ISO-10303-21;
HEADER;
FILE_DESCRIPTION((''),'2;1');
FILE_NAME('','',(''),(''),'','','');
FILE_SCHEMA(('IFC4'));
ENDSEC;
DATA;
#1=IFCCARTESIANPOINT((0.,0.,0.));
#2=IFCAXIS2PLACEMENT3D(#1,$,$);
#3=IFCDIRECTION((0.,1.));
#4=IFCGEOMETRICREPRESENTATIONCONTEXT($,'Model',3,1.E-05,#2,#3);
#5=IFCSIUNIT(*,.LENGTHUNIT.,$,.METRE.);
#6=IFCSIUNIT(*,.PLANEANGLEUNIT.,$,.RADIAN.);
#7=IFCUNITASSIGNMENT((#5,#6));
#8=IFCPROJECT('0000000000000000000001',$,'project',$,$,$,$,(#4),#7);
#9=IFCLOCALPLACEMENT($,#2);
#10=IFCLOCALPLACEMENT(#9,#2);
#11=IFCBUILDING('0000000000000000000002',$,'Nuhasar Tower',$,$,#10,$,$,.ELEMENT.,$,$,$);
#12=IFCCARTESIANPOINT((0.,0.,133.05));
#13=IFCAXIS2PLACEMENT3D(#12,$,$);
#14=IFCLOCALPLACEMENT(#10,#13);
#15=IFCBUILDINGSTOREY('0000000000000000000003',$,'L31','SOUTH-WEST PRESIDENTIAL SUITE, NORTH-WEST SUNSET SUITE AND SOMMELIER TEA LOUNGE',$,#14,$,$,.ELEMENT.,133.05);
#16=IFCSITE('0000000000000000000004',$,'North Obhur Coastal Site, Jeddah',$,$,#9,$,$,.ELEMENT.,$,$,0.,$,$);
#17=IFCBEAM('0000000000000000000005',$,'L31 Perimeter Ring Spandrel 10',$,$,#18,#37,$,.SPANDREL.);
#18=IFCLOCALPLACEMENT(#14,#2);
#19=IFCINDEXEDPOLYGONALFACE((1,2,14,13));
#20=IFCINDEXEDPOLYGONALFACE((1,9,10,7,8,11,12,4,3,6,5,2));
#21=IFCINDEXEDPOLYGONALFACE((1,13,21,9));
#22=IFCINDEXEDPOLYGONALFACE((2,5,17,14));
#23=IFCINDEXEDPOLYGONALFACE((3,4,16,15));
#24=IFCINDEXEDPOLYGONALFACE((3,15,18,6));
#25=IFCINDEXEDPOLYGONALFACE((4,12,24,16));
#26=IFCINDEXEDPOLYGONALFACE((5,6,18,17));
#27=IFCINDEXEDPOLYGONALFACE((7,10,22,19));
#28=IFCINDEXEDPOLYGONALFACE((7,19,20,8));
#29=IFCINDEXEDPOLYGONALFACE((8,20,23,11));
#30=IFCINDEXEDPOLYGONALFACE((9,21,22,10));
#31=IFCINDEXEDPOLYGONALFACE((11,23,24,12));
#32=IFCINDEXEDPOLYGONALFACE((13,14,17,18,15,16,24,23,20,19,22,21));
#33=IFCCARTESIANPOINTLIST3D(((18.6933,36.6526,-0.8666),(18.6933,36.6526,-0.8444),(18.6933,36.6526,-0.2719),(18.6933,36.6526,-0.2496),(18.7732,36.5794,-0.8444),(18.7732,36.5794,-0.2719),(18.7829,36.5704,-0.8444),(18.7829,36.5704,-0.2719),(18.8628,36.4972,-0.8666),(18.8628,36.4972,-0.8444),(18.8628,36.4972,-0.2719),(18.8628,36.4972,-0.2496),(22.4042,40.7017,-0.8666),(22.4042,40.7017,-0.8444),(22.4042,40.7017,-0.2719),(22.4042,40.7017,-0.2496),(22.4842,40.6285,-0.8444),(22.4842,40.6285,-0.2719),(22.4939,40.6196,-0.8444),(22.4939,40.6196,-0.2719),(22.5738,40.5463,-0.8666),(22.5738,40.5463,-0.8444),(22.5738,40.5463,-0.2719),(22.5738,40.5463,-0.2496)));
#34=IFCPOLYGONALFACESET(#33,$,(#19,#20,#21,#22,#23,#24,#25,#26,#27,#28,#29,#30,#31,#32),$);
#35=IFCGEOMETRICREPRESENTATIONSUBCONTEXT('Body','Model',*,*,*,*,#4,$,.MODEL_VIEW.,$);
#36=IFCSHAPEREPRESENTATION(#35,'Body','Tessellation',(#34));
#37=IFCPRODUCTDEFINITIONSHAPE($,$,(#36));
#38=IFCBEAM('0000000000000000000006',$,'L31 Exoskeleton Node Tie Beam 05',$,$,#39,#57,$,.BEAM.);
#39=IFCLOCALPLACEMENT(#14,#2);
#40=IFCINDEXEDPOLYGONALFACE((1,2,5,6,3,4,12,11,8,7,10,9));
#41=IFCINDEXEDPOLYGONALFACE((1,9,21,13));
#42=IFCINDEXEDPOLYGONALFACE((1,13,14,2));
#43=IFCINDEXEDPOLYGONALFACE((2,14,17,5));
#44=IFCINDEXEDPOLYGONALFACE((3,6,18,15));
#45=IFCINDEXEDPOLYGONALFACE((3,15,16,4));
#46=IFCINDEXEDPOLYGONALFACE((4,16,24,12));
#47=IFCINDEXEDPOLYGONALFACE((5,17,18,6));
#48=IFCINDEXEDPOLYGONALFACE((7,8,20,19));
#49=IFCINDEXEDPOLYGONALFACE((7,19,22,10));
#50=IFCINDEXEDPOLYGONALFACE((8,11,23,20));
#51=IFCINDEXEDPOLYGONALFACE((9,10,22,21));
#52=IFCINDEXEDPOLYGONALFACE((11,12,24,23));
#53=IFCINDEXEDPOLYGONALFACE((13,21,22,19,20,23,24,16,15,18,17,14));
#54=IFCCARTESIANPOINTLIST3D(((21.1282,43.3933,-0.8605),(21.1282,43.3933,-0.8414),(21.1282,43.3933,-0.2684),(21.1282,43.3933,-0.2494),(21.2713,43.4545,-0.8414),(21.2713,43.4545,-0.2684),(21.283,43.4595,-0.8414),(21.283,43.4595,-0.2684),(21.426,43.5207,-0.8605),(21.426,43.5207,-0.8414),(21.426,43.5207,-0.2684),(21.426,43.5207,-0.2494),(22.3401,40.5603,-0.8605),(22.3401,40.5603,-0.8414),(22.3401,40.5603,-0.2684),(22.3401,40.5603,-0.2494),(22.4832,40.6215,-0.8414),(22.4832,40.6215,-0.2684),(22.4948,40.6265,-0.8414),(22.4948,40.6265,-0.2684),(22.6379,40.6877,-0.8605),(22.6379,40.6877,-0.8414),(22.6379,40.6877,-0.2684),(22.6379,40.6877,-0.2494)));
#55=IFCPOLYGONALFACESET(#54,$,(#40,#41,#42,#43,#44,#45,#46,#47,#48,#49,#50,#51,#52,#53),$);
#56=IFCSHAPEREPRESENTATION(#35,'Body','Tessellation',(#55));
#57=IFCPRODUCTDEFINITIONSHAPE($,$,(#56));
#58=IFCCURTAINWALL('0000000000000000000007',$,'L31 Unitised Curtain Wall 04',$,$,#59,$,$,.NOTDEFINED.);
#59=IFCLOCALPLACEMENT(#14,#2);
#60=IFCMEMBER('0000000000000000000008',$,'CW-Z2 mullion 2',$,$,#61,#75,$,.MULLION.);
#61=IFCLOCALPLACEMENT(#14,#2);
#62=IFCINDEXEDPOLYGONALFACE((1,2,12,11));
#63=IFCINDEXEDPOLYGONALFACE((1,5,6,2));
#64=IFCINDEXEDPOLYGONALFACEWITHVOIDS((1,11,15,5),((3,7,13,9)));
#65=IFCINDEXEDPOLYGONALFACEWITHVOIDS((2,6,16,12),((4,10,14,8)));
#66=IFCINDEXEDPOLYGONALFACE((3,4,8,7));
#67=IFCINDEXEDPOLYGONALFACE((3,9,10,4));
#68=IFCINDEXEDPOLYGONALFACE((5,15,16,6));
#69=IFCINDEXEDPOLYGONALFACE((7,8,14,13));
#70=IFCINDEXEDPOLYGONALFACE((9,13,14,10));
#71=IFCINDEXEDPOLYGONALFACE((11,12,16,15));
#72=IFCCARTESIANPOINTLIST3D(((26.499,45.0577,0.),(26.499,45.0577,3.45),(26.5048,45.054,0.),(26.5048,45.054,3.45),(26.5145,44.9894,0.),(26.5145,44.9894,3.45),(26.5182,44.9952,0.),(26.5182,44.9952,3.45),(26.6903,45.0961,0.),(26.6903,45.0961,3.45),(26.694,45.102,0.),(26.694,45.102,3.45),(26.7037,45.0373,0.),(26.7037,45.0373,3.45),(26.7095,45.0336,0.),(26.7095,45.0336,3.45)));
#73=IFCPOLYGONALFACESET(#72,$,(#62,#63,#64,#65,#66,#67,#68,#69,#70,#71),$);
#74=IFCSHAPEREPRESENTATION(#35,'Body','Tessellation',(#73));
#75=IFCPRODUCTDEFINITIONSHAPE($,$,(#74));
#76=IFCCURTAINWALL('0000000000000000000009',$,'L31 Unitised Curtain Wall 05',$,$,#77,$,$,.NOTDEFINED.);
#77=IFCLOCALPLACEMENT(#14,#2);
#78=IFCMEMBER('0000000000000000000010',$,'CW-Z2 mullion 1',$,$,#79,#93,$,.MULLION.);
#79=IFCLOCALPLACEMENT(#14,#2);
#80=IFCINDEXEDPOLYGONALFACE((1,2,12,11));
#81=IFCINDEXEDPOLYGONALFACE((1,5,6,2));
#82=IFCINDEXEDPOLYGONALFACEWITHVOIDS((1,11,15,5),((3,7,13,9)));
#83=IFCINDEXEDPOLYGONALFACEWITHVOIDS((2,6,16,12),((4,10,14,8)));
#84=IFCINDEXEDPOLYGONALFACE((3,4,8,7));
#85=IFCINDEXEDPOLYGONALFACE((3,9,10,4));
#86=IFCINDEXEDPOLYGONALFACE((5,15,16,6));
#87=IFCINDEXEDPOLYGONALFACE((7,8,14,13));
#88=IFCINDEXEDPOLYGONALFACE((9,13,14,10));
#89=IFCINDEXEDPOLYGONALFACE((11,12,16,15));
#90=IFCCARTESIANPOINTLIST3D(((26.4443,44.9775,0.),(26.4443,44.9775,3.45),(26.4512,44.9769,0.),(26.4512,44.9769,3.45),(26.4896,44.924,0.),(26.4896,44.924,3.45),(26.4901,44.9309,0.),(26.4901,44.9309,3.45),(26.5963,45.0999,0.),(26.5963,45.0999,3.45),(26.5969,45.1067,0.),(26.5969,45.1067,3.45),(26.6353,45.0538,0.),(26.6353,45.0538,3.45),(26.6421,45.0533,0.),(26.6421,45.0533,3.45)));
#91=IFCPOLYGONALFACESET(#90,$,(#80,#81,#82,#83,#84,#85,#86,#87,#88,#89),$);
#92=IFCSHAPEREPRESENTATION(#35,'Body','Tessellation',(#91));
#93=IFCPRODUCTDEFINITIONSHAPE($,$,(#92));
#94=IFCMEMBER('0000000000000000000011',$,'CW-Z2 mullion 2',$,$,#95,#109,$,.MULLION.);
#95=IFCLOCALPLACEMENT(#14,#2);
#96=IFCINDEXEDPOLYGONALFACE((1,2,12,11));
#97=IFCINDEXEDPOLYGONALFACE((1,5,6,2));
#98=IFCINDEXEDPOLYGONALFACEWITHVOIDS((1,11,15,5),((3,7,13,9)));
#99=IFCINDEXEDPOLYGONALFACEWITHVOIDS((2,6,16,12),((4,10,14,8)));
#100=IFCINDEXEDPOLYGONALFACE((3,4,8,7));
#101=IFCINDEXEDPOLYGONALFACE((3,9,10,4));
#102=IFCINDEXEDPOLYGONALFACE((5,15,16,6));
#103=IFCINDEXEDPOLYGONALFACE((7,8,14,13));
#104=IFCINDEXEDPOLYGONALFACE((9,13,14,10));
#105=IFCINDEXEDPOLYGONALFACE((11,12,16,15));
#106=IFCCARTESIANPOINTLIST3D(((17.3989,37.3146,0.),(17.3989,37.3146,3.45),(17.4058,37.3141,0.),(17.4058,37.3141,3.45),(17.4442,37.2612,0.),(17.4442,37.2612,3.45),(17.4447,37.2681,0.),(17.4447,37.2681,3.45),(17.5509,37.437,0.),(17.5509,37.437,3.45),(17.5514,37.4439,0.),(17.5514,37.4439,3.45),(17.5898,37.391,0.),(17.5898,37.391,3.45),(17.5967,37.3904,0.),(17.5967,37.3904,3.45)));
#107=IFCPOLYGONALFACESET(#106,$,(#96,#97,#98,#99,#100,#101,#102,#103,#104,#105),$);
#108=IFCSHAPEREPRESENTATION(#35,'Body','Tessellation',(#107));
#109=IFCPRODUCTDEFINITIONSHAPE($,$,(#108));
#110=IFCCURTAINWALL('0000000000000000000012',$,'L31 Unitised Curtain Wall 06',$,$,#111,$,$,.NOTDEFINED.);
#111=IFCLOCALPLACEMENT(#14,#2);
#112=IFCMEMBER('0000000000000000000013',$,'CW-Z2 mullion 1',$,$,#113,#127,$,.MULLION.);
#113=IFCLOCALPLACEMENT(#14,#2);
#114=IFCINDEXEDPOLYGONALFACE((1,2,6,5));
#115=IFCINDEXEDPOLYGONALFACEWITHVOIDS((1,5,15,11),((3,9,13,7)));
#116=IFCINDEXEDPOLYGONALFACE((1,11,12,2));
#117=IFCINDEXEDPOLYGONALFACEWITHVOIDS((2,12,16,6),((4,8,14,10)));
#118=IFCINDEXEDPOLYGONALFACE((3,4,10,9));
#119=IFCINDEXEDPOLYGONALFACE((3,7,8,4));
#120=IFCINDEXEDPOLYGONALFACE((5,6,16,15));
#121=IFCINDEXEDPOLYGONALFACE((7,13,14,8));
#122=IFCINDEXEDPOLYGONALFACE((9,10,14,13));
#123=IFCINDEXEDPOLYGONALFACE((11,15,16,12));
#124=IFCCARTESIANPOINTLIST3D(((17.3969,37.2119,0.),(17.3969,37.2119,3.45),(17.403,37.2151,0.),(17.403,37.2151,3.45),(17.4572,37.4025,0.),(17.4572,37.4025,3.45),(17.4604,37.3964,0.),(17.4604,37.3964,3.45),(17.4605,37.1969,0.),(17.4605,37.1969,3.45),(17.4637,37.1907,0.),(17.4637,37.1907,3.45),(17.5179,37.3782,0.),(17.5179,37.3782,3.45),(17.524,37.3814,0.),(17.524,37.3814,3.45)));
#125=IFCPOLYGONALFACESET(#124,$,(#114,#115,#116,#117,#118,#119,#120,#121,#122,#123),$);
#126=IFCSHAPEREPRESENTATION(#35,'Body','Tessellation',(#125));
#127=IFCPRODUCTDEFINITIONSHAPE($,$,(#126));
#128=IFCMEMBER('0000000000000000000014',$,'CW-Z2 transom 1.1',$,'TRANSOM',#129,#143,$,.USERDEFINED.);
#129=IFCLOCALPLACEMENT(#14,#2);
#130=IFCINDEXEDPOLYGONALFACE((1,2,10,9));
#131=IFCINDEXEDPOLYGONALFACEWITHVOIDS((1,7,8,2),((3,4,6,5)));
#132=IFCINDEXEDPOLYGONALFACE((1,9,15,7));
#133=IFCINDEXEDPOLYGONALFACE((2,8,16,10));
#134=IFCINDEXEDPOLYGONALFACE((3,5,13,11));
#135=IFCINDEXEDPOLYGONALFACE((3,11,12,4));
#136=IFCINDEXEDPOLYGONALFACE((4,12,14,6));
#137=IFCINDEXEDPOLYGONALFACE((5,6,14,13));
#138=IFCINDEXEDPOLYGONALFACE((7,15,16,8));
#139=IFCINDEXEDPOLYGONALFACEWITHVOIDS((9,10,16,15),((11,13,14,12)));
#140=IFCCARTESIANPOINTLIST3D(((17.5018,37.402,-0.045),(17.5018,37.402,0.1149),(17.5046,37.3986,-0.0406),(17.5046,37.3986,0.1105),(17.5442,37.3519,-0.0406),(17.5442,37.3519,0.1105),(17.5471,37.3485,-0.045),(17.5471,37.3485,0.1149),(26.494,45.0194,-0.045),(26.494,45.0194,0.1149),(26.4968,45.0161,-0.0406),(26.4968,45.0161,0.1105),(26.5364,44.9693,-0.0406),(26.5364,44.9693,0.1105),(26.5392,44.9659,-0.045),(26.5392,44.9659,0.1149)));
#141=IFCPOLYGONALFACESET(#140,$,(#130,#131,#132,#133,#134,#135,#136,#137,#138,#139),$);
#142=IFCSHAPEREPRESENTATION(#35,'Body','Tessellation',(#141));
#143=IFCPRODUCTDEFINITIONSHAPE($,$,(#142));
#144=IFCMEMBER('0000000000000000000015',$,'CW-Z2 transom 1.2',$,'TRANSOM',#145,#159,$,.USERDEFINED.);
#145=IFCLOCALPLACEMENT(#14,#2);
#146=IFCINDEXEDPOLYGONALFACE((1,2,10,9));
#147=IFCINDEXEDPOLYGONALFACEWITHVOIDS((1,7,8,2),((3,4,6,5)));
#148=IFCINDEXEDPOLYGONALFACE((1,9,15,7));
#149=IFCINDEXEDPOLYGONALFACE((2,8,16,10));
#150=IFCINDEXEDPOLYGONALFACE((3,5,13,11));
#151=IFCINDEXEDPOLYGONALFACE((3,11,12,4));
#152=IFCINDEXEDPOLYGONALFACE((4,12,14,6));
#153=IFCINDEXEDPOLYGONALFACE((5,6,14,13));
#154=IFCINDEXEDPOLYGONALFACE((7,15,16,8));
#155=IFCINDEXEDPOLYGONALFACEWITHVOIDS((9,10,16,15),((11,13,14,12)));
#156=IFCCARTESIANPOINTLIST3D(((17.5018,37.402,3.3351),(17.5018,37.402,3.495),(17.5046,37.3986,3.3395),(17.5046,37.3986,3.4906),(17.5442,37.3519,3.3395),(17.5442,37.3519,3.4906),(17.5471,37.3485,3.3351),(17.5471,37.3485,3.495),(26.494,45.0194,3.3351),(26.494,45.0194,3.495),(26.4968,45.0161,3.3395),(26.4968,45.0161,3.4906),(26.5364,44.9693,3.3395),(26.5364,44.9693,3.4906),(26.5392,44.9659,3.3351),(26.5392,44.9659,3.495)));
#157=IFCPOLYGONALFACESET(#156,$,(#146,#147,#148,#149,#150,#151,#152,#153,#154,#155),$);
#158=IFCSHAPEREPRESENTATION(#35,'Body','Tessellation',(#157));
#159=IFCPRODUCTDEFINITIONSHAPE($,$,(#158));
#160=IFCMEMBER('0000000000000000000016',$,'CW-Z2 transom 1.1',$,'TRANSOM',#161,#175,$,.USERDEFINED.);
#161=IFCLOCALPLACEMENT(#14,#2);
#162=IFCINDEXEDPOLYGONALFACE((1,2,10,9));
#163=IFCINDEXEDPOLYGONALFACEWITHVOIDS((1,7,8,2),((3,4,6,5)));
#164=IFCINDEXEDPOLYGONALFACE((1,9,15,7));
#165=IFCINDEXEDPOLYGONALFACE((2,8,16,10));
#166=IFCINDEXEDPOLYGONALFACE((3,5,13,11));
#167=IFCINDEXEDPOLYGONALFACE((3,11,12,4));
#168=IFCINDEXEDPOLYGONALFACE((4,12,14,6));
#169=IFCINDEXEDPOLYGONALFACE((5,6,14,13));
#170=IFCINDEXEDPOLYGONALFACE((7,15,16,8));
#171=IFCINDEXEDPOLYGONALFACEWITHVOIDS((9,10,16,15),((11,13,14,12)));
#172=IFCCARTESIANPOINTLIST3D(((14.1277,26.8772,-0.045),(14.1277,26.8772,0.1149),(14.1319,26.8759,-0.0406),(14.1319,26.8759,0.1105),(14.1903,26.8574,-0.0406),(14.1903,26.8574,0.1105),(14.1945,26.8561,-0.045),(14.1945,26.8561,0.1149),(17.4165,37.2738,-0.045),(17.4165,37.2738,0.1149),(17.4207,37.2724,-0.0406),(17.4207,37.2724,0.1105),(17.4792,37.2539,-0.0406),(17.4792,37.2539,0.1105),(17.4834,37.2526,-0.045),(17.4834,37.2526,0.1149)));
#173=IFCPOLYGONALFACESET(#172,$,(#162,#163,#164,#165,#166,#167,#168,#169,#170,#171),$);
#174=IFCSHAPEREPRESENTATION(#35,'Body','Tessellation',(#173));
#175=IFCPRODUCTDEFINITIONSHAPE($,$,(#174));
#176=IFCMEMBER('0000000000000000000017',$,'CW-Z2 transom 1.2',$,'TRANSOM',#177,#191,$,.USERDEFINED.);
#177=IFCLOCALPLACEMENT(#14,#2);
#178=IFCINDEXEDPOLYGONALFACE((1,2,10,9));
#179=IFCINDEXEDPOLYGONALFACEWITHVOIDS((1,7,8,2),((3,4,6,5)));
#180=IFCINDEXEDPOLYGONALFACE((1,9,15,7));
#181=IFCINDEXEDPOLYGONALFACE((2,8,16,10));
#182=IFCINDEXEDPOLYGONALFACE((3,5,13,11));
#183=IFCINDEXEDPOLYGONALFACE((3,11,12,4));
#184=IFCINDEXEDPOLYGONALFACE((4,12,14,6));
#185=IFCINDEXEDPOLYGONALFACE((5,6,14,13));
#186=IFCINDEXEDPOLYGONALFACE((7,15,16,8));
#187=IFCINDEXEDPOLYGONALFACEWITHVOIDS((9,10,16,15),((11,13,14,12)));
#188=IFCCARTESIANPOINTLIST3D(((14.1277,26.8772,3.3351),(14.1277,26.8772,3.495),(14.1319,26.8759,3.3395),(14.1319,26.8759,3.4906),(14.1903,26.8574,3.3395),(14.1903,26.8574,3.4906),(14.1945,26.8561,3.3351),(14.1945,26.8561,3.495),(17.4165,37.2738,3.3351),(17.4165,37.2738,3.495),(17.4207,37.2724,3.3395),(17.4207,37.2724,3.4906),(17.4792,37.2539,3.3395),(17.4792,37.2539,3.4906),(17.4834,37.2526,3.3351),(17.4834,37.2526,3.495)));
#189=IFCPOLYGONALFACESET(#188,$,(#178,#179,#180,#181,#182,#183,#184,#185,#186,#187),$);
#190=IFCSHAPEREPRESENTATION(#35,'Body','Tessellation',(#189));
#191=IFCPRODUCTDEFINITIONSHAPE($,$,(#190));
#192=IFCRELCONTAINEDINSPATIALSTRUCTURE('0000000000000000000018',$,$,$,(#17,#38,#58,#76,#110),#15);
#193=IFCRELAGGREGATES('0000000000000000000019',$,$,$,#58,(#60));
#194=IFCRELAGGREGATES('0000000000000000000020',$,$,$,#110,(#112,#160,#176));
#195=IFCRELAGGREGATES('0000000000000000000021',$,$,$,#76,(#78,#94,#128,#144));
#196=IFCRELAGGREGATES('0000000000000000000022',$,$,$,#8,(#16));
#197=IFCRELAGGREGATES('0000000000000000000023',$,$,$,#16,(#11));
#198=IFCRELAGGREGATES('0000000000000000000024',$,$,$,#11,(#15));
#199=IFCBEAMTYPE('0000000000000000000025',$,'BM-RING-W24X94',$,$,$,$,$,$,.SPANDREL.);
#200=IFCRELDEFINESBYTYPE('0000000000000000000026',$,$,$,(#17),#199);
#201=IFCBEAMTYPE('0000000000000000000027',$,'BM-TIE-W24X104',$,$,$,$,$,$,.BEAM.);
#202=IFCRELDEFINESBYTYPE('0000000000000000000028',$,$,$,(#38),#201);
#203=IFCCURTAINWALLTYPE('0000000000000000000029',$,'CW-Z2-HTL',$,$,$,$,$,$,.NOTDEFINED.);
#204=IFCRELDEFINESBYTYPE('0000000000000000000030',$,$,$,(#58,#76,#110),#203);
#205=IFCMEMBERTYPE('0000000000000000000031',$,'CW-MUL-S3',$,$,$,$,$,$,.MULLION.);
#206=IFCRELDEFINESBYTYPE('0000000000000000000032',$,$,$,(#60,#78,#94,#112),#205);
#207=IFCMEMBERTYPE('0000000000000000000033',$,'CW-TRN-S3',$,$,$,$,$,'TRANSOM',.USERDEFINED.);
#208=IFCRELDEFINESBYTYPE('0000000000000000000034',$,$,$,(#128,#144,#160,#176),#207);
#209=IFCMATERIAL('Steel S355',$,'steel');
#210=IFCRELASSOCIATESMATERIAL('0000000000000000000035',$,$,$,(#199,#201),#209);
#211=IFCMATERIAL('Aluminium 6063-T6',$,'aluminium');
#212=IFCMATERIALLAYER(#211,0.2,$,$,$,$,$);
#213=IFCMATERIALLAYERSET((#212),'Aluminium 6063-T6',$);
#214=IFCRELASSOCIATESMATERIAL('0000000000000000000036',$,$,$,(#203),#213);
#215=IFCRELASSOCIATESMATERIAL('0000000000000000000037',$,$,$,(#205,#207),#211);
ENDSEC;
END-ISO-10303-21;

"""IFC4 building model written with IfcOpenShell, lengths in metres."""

from ifc_helpers import new_model, si_unit, direction, frame, origin, origin_2d, place, context, subcontext, project, spatial, hollow_rectangle, i_section, extrude, material, layer, layer_set, material_profile, profile_set, type_object, element, aggregate, save


model = new_model("IFC4")

# Units and contexts
model_context = context("Model", 3, precision=1e-05, world=origin(), true_north=direction((0.0, 1.0)))
body_context = subcontext(model_context, "Body", "Model", "MODEL_VIEW")
ifc_project = project(units=[si_unit("LENGTHUNIT", "METRE"), si_unit("PLANEANGLEUNIT", "RADIAN")], contexts=[model_context])

# Site, building, storey
site_placement = place(None, origin())
site = spatial("IfcSite", under=ifc_project, at=site_placement, Name="North Obhur Coastal Site, Jeddah", CompositionType="ELEMENT", RefElevation=0.0)
building_placement = place(site_placement, origin())
building = spatial("IfcBuilding", under=site, at=building_placement, Name="Nuhasar Tower", CompositionType="ELEMENT")
storey_placement = place(building_placement, frame((0.0, 0.0, 133.05)))
storey = spatial("IfcBuildingStorey", under=building, at=storey_placement, Name="L31", Description="SOUTH-WEST PRESIDENTIAL SUITE, NORTH-WEST SUNSET SUITE AND SOMMELIER TEA LOUNGE", CompositionType="ELEMENT", Elevation=133.05)

# Beams
ifc_material_1 = material(Name="Steel S355", Category="steel")
ifc_material_profile_1 = material_profile(ifc_material_1, i_section(OverallWidth=0.23, OverallDepth=0.6169, WebThickness=0.0132, FlangeThickness=0.0222, at=origin_2d()), Name="W24X94")
ifc_profile_set_1 = profile_set([ifc_material_profile_1], Name="Steel S355")
beam_type_1 = type_object("IfcBeamType", Name="BM-RING-W24X94", PredefinedType="SPANDREL", material=ifc_profile_set_1)
beam_1_placement = place(storey_placement, frame((22.489, 40.624, -0.5581), z_axis=(-0.675654, -0.737219, 0.0), x_axis=(0.737219, -0.675654, 0.0)))
element("IfcBeam", 1, at=beam_1_placement, inside=storey, type_object=beam_type_1, Name="L31 Perimeter Ring Spandrel 10", PredefinedType="SPANDREL", context=body_context, shape_type="SweptSolid", body=[
    extrude(i_section(OverallWidth=0.23, OverallDepth=0.6169, WebThickness=0.0132, FlangeThickness=0.0222, at=origin_2d()), origin(), (0.0, 0.0, 1.0), 5.4924),
])
ifc_material_profile_2 = material_profile(ifc_material_1, i_section(OverallWidth=0.324, OverallDepth=0.6111, WebThickness=0.0127, FlangeThickness=0.019, at=origin_2d()), Name="W24X104")
ifc_profile_set_2 = profile_set([ifc_material_profile_2], Name="Steel S355")
beam_type_2 = type_object("IfcBeamType", Name="BM-TIE-W24X104", PredefinedType="BEAM", material=ifc_profile_set_2)
beam_2_placement = place(storey_placement, frame((22.489, 40.624, -0.5549), z_axis=(-0.393307, 0.919407, 0.0), x_axis=(-0.919407, -0.393307, 0.0)))
element("IfcBeam", 2, at=beam_2_placement, inside=storey, type_object=beam_type_2, Name="L31 Exoskeleton Node Tie Beam 05", PredefinedType="BEAM", context=body_context, shape_type="SweptSolid", body=[
    extrude(i_section(OverallWidth=0.324, OverallDepth=0.6111, WebThickness=0.0127, FlangeThickness=0.019, at=origin_2d()), origin(), (0.0, 0.0, 1.0), 3.0813),
])

# Curtain wall, member
ifc_material_2 = material(Name="Aluminium 6063-T6", Category="aluminium")
ifc_layer_1 = layer(ifc_material_2, 0.2)
ifc_layer_set_1 = layer_set([ifc_layer_1], Name="Aluminium 6063-T6")
curtain_wall_type = type_object("IfcCurtainWallType", Name="CW-Z2-HTL", PredefinedType="NOTDEFINED", material=ifc_layer_set_1)
curtain_wall_1_placement = place(storey_placement, origin())
curtain_wall_1 = element("IfcCurtainWall", 3, at=curtain_wall_1_placement, inside=storey, type_object=curtain_wall_type, Name="L31 Unitised Curtain Wall 04", PredefinedType="NOTDEFINED")
ifc_material_profile_3 = material_profile(ifc_material_2, hollow_rectangle(XDim=0.0701, YDim=0.2, WallThickness=0.0049, at=origin_2d()), Name="CWM-3")
ifc_profile_set_3 = profile_set([ifc_material_profile_3], Name="Aluminium 6063-T6")
member_type_1 = type_object("IfcMemberType", Name="CW-MUL-S3", PredefinedType="MULLION", material=ifc_profile_set_3)
member_1_placement = place(storey_placement, frame((26.6042, 45.0457, 0.0), z_axis=(0.0, 0.0, 1.0), x_axis=(0.221397, -0.975184, 0.0)))
member_1 = element("IfcMember", 4, at=member_1_placement, type_object=member_type_1, Name="CW-Z2 mullion 2", PredefinedType="MULLION", context=body_context, shape_type="SweptSolid", body=[
    extrude(hollow_rectangle(XDim=0.0701, YDim=0.2, WallThickness=0.0049, at=origin_2d()), origin(), (0.0, 0.0, 1.0), 3.45),
])
aggregate(curtain_wall_1, [member_1])

# Curtain wall, members
curtain_wall_2_placement = place(storey_placement, origin())
curtain_wall_2 = element("IfcCurtainWall", 5, at=curtain_wall_2_placement, inside=storey, type_object=curtain_wall_type, Name="L31 Unitised Curtain Wall 05", PredefinedType="NOTDEFINED")
member_2_placement = place(storey_placement, frame((26.5432, 45.0154, 0.0), z_axis=(0.0, 0.0, 1.0), x_axis=(0.646374, -0.76302, 0.0)))
member_2 = element("IfcMember", 6, at=member_2_placement, type_object=member_type_1, Name="CW-Z2 mullion 1", PredefinedType="MULLION", context=body_context, shape_type="SweptSolid", body=[
    extrude(hollow_rectangle(XDim=0.0701, YDim=0.2, WallThickness=0.0049, at=origin_2d()), origin(), (0.0, 0.0, 1.0), 3.45),
])
member_3_placement = place(storey_placement, frame((17.4978, 37.3525, 0.0), z_axis=(0.0, 0.0, 1.0), x_axis=(0.646374, -0.76302, 0.0)))
member_3 = element("IfcMember", 7, at=member_3_placement, type_object=member_type_1, Name="CW-Z2 mullion 2", PredefinedType="MULLION", context=body_context, shape_type="SweptSolid", body=[
    extrude(hollow_rectangle(XDim=0.0701, YDim=0.2, WallThickness=0.0049, at=origin_2d()), origin(), (0.0, 0.0, 1.0), 3.45),
])

# Curtain wall, member
curtain_wall_3_placement = place(storey_placement, origin())
curtain_wall_3 = element("IfcCurtainWall", 8, at=curtain_wall_3_placement, inside=storey, type_object=curtain_wall_type, Name="L31 Unitised Curtain Wall 06", PredefinedType="NOTDEFINED")
member_4_placement = place(storey_placement, frame((17.4604, 37.2966, 0.0), z_axis=(0.0, 0.0, 1.0), x_axis=(0.953433, -0.301604, 0.0)))
member_4 = element("IfcMember", 9, at=member_4_placement, type_object=member_type_1, Name="CW-Z2 mullion 1", PredefinedType="MULLION", context=body_context, shape_type="SweptSolid", body=[
    extrude(hollow_rectangle(XDim=0.0701, YDim=0.2, WallThickness=0.0049, at=origin_2d()), origin(), (0.0, 0.0, 1.0), 3.45),
])

# Members
ifc_material_profile_4 = material_profile(ifc_material_2, hollow_rectangle(XDim=0.0701, YDim=0.1599, WallThickness=0.0044, at=origin_2d()), Name="CWT-3")
ifc_profile_set_4 = profile_set([ifc_material_profile_4], Name="Aluminium 6063-T6")
member_type_2 = type_object("IfcMemberType", Name="CW-TRN-S3", ElementType="TRANSOM", PredefinedType="USERDEFINED", material=ifc_profile_set_4)
member_5_placement = place(storey_placement, frame((26.5166, 44.9927, 0.0349), z_axis=(-0.763024, -0.64637, 0.0), x_axis=(0.64637, -0.763024, 0.0)))
member_5 = element("IfcMember", 10, at=member_5_placement, type_object=member_type_2, Name="CW-Z2 transom 1.1", ObjectType="TRANSOM", PredefinedType="USERDEFINED", context=body_context, shape_type="SweptSolid", body=[
    extrude(hollow_rectangle(XDim=0.0701, YDim=0.1599, WallThickness=0.0044, at=origin_2d()), origin(), (0.0, 0.0, 1.0), 11.7849),
])
member_6_placement = place(storey_placement, frame((26.5166, 44.9927, 3.415), z_axis=(-0.763024, -0.64637, 0.0), x_axis=(0.64637, -0.763024, 0.0)))
member_6 = element("IfcMember", 11, at=member_6_placement, type_object=member_type_2, Name="CW-Z2 transom 1.2", ObjectType="TRANSOM", PredefinedType="USERDEFINED", context=body_context, shape_type="SweptSolid", body=[
    extrude(hollow_rectangle(XDim=0.0701, YDim=0.1599, WallThickness=0.0044, at=origin_2d()), origin(), (0.0, 0.0, 1.0), 11.7849),
])
member_7_placement = place(storey_placement, frame((17.45, 37.2632, 0.0349), z_axis=(-0.301608, -0.953432, 0.0), x_axis=(0.953432, -0.301608, 0.0)))
member_7 = element("IfcMember", 12, at=member_7_placement, type_object=member_type_2, Name="CW-Z2 transom 1.1", ObjectType="TRANSOM", PredefinedType="USERDEFINED", context=body_context, shape_type="SweptSolid", body=[
    extrude(hollow_rectangle(XDim=0.0701, YDim=0.1599, WallThickness=0.0044, at=origin_2d()), origin(), (0.0, 0.0, 1.0), 10.9043),
])
member_8_placement = place(storey_placement, frame((17.45, 37.2632, 3.415), z_axis=(-0.301608, -0.953432, 0.0), x_axis=(0.953432, -0.301608, 0.0)))
member_8 = element("IfcMember", 13, at=member_8_placement, type_object=member_type_2, Name="CW-Z2 transom 1.2", ObjectType="TRANSOM", PredefinedType="USERDEFINED", context=body_context, shape_type="SweptSolid", body=[
    extrude(hollow_rectangle(XDim=0.0701, YDim=0.1599, WallThickness=0.0044, at=origin_2d()), origin(), (0.0, 0.0, 1.0), 10.9043),
])
aggregate(curtain_wall_3, [member_4, member_7, member_8])

aggregate(curtain_wall_2, [member_2, member_3, member_5, member_6])

save(model, "model.ifc")
